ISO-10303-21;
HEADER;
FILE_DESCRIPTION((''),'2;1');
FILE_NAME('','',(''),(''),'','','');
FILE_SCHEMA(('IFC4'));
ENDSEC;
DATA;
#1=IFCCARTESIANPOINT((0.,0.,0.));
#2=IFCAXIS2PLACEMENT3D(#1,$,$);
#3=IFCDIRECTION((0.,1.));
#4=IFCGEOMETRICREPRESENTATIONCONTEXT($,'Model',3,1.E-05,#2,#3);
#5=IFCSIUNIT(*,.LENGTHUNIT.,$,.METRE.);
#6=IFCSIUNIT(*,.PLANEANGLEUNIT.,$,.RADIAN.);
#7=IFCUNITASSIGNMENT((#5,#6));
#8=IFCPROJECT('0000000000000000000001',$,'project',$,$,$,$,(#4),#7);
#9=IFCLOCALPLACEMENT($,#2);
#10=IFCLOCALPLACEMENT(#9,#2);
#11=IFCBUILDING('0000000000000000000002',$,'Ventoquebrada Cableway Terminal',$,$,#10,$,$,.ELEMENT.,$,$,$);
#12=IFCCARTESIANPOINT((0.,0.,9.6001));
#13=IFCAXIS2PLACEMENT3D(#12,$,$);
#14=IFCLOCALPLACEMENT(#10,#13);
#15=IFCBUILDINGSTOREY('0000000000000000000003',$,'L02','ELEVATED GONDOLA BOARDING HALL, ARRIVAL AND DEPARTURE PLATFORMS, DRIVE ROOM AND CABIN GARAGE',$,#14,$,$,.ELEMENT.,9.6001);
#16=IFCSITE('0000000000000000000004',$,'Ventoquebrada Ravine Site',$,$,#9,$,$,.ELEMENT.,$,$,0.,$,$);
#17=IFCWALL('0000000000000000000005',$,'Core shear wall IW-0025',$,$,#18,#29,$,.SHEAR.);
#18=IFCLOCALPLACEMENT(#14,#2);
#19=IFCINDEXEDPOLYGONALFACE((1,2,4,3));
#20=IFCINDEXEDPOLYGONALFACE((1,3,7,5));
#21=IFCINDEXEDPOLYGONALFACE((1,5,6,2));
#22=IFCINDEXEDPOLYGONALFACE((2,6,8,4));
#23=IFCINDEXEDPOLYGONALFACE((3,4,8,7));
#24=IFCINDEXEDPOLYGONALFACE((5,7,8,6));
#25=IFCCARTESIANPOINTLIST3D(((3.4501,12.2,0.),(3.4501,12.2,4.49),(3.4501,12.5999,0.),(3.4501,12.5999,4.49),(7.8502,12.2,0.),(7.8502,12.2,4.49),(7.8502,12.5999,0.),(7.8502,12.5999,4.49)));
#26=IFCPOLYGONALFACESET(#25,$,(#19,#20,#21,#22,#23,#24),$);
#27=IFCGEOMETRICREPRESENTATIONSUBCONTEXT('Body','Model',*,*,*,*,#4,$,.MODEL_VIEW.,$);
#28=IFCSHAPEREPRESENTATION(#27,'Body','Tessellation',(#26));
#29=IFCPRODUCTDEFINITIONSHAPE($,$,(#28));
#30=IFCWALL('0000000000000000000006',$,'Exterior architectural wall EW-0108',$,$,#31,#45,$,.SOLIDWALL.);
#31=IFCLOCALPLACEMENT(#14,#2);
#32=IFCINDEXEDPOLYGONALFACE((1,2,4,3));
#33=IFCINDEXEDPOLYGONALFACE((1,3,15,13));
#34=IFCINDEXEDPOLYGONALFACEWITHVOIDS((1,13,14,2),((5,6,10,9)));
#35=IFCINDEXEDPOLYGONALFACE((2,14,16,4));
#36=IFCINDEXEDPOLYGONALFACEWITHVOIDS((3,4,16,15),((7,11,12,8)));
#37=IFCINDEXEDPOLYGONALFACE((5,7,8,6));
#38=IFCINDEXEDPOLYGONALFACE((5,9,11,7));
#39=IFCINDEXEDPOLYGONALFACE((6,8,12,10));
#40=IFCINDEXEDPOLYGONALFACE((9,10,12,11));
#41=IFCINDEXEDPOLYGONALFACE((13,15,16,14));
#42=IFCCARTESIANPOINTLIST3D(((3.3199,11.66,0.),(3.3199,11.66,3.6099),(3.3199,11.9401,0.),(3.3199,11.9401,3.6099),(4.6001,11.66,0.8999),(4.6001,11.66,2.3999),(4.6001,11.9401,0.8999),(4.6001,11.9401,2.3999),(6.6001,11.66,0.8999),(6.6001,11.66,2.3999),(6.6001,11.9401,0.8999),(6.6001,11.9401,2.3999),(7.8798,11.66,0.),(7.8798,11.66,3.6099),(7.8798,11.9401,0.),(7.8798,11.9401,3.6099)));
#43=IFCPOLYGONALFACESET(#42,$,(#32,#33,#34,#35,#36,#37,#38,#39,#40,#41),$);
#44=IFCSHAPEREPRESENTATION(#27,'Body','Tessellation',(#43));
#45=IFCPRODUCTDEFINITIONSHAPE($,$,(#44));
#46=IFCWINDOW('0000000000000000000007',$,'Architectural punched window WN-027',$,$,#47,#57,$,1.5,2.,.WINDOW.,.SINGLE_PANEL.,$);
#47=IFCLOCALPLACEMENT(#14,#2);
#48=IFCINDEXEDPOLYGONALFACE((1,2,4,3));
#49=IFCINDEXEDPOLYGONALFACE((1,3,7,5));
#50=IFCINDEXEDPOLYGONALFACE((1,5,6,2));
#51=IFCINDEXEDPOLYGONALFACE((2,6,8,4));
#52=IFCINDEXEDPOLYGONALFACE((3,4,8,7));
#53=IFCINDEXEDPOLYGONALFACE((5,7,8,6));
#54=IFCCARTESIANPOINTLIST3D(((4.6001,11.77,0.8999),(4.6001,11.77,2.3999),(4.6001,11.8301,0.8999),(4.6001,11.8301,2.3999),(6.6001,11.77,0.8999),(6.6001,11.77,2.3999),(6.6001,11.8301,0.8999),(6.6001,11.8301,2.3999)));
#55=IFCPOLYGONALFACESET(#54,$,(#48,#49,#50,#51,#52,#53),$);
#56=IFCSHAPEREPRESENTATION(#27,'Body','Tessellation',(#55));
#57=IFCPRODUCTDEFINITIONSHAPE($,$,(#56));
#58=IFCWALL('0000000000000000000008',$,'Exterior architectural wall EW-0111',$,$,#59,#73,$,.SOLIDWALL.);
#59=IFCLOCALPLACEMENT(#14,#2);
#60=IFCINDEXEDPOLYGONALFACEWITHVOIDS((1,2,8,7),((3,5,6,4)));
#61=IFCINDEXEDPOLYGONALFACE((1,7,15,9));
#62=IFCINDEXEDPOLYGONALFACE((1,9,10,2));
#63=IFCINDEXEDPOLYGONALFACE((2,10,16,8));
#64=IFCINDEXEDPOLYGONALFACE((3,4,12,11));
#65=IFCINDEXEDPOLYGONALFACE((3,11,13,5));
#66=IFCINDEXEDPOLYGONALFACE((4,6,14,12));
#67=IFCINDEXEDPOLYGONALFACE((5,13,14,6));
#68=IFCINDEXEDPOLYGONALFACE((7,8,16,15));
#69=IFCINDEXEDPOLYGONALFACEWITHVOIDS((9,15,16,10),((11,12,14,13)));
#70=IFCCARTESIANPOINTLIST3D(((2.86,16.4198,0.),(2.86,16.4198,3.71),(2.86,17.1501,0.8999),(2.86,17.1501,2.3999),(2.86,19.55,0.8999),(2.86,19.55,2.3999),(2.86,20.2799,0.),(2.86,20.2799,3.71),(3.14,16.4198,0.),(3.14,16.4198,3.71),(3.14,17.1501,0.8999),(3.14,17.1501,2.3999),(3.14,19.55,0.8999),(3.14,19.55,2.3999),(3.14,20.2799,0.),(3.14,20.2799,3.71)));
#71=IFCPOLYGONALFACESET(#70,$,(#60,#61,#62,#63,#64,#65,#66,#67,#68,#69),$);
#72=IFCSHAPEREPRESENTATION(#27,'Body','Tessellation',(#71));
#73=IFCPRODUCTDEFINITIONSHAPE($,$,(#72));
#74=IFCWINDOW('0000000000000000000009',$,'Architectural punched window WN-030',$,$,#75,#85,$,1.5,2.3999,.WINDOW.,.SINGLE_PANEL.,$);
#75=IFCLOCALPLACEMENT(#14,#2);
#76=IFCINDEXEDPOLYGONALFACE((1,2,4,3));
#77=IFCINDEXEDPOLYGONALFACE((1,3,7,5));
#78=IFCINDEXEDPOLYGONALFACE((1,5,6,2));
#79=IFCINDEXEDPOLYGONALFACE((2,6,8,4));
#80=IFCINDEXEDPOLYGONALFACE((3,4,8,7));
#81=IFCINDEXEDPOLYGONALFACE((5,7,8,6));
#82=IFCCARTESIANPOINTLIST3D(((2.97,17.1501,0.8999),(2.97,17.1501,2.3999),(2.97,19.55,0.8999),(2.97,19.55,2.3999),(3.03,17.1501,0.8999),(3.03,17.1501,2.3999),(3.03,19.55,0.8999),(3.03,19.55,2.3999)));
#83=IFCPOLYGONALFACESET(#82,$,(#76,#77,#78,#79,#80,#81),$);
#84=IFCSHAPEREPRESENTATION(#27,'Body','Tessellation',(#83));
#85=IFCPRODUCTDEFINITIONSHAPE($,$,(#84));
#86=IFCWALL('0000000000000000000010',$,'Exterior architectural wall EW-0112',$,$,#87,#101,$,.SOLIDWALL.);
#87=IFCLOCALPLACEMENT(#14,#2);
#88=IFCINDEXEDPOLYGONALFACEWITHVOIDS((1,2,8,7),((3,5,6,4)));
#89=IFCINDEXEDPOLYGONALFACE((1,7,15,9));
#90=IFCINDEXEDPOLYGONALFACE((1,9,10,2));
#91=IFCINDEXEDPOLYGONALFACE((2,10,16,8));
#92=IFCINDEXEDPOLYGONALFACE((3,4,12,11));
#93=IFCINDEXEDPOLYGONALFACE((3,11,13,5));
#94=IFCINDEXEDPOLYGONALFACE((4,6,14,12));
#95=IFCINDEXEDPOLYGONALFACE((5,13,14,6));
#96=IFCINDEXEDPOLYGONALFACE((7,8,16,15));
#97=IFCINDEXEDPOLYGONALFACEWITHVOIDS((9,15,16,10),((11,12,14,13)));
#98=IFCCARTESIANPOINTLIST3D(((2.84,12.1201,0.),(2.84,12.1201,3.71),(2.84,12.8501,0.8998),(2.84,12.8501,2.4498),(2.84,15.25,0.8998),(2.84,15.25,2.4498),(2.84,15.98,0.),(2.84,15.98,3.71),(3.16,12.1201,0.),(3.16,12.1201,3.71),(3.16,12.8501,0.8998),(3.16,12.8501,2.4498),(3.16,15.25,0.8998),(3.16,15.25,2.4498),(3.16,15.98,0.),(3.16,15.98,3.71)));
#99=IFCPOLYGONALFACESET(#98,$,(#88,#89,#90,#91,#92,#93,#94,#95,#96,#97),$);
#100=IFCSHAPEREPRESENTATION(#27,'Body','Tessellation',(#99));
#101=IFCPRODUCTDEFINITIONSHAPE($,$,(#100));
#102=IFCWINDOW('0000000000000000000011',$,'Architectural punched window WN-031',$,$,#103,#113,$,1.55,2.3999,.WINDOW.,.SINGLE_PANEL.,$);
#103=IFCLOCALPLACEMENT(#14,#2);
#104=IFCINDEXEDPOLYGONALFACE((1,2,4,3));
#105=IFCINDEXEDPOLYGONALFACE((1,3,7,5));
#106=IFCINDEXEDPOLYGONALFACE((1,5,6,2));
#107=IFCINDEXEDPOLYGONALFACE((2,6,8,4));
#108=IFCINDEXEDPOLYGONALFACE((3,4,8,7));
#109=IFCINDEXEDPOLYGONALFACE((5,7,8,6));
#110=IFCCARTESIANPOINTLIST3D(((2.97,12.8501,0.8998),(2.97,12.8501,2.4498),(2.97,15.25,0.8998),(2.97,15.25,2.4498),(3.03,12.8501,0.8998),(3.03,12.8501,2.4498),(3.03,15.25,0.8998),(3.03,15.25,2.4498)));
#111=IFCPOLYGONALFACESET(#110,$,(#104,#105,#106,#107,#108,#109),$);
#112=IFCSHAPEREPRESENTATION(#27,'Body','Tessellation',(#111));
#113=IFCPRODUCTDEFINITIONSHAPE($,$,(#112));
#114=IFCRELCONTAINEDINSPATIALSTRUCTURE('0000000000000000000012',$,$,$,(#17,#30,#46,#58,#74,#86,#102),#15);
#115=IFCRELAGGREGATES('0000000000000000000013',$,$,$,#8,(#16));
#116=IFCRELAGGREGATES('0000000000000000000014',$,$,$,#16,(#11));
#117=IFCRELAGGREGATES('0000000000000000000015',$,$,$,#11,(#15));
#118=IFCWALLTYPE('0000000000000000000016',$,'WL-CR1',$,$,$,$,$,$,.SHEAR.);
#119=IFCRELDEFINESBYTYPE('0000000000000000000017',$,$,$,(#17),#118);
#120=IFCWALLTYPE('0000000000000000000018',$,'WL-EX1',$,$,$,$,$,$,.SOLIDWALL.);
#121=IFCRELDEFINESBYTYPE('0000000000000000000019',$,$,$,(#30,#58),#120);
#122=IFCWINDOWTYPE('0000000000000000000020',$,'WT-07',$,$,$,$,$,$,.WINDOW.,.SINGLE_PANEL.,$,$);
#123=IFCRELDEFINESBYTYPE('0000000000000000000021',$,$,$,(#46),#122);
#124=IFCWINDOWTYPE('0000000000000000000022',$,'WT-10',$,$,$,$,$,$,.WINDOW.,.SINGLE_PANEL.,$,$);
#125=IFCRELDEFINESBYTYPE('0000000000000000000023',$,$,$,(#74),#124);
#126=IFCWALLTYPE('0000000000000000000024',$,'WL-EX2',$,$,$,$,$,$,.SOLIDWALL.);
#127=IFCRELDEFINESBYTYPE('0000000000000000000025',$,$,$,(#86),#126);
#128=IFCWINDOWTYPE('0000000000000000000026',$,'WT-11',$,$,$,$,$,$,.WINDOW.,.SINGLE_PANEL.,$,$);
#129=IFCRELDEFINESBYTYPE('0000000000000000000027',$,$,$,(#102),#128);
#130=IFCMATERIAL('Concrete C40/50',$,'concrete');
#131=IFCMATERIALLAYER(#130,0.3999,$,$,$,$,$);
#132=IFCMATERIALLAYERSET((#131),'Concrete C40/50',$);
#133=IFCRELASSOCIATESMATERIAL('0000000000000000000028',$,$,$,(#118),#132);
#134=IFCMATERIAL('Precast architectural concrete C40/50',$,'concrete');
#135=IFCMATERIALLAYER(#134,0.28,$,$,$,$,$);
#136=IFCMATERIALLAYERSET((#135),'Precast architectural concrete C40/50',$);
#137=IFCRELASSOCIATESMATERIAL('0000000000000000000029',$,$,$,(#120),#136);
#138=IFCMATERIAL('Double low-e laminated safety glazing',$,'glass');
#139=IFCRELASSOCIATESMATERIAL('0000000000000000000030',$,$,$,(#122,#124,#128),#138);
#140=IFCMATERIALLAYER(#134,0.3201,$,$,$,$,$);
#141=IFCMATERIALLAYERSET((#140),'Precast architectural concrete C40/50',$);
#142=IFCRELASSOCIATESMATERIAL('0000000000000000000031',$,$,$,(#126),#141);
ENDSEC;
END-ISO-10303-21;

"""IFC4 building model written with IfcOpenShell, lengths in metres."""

from ifc_helpers import new_model, si_unit, direction, frame, frame_2d, origin, place, context, subcontext, project, spatial, rectangle, extrude, material, layer, layer_set, type_object, element, fill, save


model = new_model("IFC4")

# Units and contexts
model_context = context("Model", 3, precision=1e-05, world=origin(), true_north=direction((0.0, 1.0)))
body_context = subcontext(model_context, "Body", "Model", "MODEL_VIEW")
ifc_project = project(units=[si_unit("LENGTHUNIT", "METRE"), si_unit("PLANEANGLEUNIT", "RADIAN")], contexts=[model_context])

# Site, building, storey
site_placement = place(None, origin())
site = spatial("IfcSite", under=ifc_project, at=site_placement, Name="Ventoquebrada Ravine Site", CompositionType="ELEMENT", RefElevation=0.0)
building_placement = place(site_placement, origin())
building = spatial("IfcBuilding", under=site, at=building_placement, Name="Ventoquebrada Cableway Terminal", CompositionType="ELEMENT")
storey_placement = place(building_placement, frame((0.0, 0.0, 9.6001)))
storey = spatial("IfcBuildingStorey", under=building, at=storey_placement, Name="L02", Description="ELEVATED GONDOLA BOARDING HALL, ARRIVAL AND DEPARTURE PLATFORMS, DRIVE ROOM AND CABIN GARAGE", CompositionType="ELEMENT", Elevation=9.6001)

# Shared definitions
ifc_material_1 = material(Name="Concrete C40/50", Category="concrete")

# Wall
ifc_layer_1 = layer(ifc_material_1, 0.3999)
ifc_layer_set_1 = layer_set([ifc_layer_1], Name="Concrete C40/50")
wall_type_1 = type_object("IfcWallType", Name="WL-CR1", PredefinedType="SHEAR", material=ifc_layer_set_1)
wall_1_placement = place(storey_placement, frame((3.45, 12.3999, 0.0), z_axis=(0.0, 0.0, 1.0), x_axis=(1.0, 0.0, 0.0)))
element("IfcWall", 1, at=wall_1_placement, inside=storey, type_object=wall_type_1, Name="Core shear wall IW-0025", PredefinedType="SHEAR", context=body_context, shape_type="SweptSolid", body=[
    extrude(rectangle(XDim=4.4001, YDim=0.3999, at=frame_2d((2.2002, 0.0))), origin(), (0.0, 0.0, 1.0), 4.49),
])

# Walls, openings, windows
ifc_material_2 = material(Name="Precast architectural concrete C40/50", Category="concrete")
ifc_layer_2 = layer(ifc_material_2, 0.28)
ifc_layer_set_2 = layer_set([ifc_layer_2], Name="Precast architectural concrete C40/50")
wall_type_2 = type_object("IfcWallType", Name="WL-EX1", PredefinedType="SOLIDWALL", material=ifc_layer_set_2)
wall_2_placement = place(storey_placement, frame((3.3201, 11.8, 0.0), z_axis=(0.0, 0.0, 1.0), x_axis=(1.0, 0.0, 0.0)))
wall_2 = element("IfcWall", 2, at=wall_2_placement, inside=storey, type_object=wall_type_2, Name="Exterior architectural wall EW-0108", PredefinedType="SOLIDWALL", context=body_context, shape_type="SweptSolid", body=[
    extrude(rectangle(XDim=4.5598, YDim=0.28, at=frame_2d((2.2798, 0.0))), origin(), (0.0, 0.0, 1.0), 3.6099),
])
opening_1_placement = place(wall_2_placement, frame((1.28, 0.0, 0.8999)))
opening_1 = element("IfcOpeningElement", 3, at=opening_1_placement, cuts=wall_2, PredefinedType="OPENING", context=body_context, shape_type="SweptSolid", body=[
    extrude(rectangle(XDim=2.0, YDim=1.5, at=frame_2d((1.0, 0.75))), frame((0.0, 0.1499, 0.0), z_axis=(0.0, -1.0, 0.0), x_axis=(1.0, 0.0, 0.0)), (0.0, 0.0, 1.0), 0.3),
])
ifc_material_3 = material(Name="Double low-e laminated safety glazing", Category="glass")
window_type_1 = type_object("IfcWindowType", Name="WT-07", PartitioningType="SINGLE_PANEL", PredefinedType="WINDOW", material=ifc_material_3)
window_1_placement = place(opening_1_placement, origin())
window_1 = element("IfcWindow", 4, at=window_1_placement, inside=storey, type_object=window_type_1, Name="Architectural punched window WN-027", OverallHeight=1.5, OverallWidth=2.0, PartitioningType="SINGLE_PANEL", PredefinedType="WINDOW", context=body_context, shape_type="SweptSolid", body=[
    extrude(rectangle(XDim=2.0, YDim=1.5, at=frame_2d((1.0, 0.75))), frame((0.0, 0.03, 0.0), z_axis=(0.0, -1.0, 0.0), x_axis=(1.0, 0.0, 0.0)), (0.0, 0.0, 1.0), 0.0601),
])
fill(opening_1, window_1)
wall_3_placement = place(storey_placement, frame((3.0, 20.28, 0.0), z_axis=(0.0, 0.0, 1.0), x_axis=(0.0, -1.0, 0.0)))
wall_3 = element("IfcWall", 5, at=wall_3_placement, inside=storey, type_object=wall_type_2, Name="Exterior architectural wall EW-0111", PredefinedType="SOLIDWALL", context=body_context, shape_type="SweptSolid", body=[
    extrude(rectangle(XDim=3.8601, YDim=0.28, at=frame_2d((1.9302, 0.0))), origin(), (0.0, 0.0, 1.0), 3.71),
])
opening_2_placement = place(wall_3_placement, frame((0.73, 0.0, 0.8999)))
opening_2 = element("IfcOpeningElement", 6, at=opening_2_placement, cuts=wall_3, PredefinedType="OPENING", context=body_context, shape_type="SweptSolid", body=[
    extrude(rectangle(XDim=2.3999, YDim=1.5, at=frame_2d((1.2, 0.75))), frame((0.0, 0.1499, 0.0), z_axis=(0.0, -1.0, 0.0), x_axis=(1.0, 0.0, 0.0)), (0.0, 0.0, 1.0), 0.3),
])
window_type_2 = type_object("IfcWindowType", Name="WT-10", PartitioningType="SINGLE_PANEL", PredefinedType="WINDOW", material=ifc_material_3)
window_2_placement = place(opening_2_placement, origin())
window_2 = element("IfcWindow", 7, at=window_2_placement, inside=storey, type_object=window_type_2, Name="Architectural punched window WN-030", OverallHeight=1.5, OverallWidth=2.3999, PartitioningType="SINGLE_PANEL", PredefinedType="WINDOW", context=body_context, shape_type="SweptSolid", body=[
    extrude(rectangle(XDim=2.3999, YDim=1.5, at=frame_2d((1.2, 0.75))), frame((0.0, 0.03, 0.0), z_axis=(0.0, -1.0, 0.0), x_axis=(1.0, 0.0, 0.0)), (0.0, 0.0, 1.0), 0.0601),
])
fill(opening_2, window_2)
ifc_layer_3 = layer(ifc_material_2, 0.3201)
ifc_layer_set_3 = layer_set([ifc_layer_3], Name="Precast architectural concrete C40/50")
wall_type_3 = type_object("IfcWallType", Name="WL-EX2", PredefinedType="SOLIDWALL", material=ifc_layer_set_3)
wall_4_placement = place(storey_placement, frame((3.0, 15.98, 0.0), z_axis=(0.0, 0.0, 1.0), x_axis=(0.0, -1.0, 0.0)))
wall_4 = element("IfcWall", 8, at=wall_4_placement, inside=storey, type_object=wall_type_3, Name="Exterior architectural wall EW-0112", PredefinedType="SOLIDWALL", context=body_context, shape_type="SweptSolid", body=[
    extrude(rectangle(XDim=3.8599, YDim=0.3201, at=frame_2d((1.9299, 0.0))), origin(), (0.0, 0.0, 1.0), 3.71),
])
opening_3_placement = place(wall_4_placement, frame((0.73, 0.0, 0.8999)))
opening_3 = element("IfcOpeningElement", 9, at=opening_3_placement, cuts=wall_4, PredefinedType="OPENING", context=body_context, shape_type="SweptSolid", body=[
    extrude(rectangle(XDim=2.3999, YDim=1.55, at=frame_2d((1.2, 0.7749))), frame((0.0, 0.1699, 0.0), z_axis=(0.0, -1.0, 0.0), x_axis=(1.0, 0.0, 0.0)), (0.0, 0.0, 1.0), 0.3401),
])
window_type_3 = type_object("IfcWindowType", Name="WT-11", PartitioningType="SINGLE_PANEL", PredefinedType="WINDOW", material=ifc_material_3)
window_3_placement = place(opening_3_placement, origin())
window_3 = element("IfcWindow", 10, at=window_3_placement, inside=storey, type_object=window_type_3, Name="Architectural punched window WN-031", OverallHeight=1.55, OverallWidth=2.3999, PartitioningType="SINGLE_PANEL", PredefinedType="WINDOW", context=body_context, shape_type="SweptSolid", body=[
    extrude(rectangle(XDim=2.3999, YDim=1.55, at=frame_2d((1.2, 0.7749))), frame((0.0, 0.03, 0.0), z_axis=(0.0, -1.0, 0.0), x_axis=(1.0, 0.0, 0.0)), (0.0, 0.0, 1.0), 0.0601),
])
fill(opening_3, window_3)

save(model, "model.ifc")
